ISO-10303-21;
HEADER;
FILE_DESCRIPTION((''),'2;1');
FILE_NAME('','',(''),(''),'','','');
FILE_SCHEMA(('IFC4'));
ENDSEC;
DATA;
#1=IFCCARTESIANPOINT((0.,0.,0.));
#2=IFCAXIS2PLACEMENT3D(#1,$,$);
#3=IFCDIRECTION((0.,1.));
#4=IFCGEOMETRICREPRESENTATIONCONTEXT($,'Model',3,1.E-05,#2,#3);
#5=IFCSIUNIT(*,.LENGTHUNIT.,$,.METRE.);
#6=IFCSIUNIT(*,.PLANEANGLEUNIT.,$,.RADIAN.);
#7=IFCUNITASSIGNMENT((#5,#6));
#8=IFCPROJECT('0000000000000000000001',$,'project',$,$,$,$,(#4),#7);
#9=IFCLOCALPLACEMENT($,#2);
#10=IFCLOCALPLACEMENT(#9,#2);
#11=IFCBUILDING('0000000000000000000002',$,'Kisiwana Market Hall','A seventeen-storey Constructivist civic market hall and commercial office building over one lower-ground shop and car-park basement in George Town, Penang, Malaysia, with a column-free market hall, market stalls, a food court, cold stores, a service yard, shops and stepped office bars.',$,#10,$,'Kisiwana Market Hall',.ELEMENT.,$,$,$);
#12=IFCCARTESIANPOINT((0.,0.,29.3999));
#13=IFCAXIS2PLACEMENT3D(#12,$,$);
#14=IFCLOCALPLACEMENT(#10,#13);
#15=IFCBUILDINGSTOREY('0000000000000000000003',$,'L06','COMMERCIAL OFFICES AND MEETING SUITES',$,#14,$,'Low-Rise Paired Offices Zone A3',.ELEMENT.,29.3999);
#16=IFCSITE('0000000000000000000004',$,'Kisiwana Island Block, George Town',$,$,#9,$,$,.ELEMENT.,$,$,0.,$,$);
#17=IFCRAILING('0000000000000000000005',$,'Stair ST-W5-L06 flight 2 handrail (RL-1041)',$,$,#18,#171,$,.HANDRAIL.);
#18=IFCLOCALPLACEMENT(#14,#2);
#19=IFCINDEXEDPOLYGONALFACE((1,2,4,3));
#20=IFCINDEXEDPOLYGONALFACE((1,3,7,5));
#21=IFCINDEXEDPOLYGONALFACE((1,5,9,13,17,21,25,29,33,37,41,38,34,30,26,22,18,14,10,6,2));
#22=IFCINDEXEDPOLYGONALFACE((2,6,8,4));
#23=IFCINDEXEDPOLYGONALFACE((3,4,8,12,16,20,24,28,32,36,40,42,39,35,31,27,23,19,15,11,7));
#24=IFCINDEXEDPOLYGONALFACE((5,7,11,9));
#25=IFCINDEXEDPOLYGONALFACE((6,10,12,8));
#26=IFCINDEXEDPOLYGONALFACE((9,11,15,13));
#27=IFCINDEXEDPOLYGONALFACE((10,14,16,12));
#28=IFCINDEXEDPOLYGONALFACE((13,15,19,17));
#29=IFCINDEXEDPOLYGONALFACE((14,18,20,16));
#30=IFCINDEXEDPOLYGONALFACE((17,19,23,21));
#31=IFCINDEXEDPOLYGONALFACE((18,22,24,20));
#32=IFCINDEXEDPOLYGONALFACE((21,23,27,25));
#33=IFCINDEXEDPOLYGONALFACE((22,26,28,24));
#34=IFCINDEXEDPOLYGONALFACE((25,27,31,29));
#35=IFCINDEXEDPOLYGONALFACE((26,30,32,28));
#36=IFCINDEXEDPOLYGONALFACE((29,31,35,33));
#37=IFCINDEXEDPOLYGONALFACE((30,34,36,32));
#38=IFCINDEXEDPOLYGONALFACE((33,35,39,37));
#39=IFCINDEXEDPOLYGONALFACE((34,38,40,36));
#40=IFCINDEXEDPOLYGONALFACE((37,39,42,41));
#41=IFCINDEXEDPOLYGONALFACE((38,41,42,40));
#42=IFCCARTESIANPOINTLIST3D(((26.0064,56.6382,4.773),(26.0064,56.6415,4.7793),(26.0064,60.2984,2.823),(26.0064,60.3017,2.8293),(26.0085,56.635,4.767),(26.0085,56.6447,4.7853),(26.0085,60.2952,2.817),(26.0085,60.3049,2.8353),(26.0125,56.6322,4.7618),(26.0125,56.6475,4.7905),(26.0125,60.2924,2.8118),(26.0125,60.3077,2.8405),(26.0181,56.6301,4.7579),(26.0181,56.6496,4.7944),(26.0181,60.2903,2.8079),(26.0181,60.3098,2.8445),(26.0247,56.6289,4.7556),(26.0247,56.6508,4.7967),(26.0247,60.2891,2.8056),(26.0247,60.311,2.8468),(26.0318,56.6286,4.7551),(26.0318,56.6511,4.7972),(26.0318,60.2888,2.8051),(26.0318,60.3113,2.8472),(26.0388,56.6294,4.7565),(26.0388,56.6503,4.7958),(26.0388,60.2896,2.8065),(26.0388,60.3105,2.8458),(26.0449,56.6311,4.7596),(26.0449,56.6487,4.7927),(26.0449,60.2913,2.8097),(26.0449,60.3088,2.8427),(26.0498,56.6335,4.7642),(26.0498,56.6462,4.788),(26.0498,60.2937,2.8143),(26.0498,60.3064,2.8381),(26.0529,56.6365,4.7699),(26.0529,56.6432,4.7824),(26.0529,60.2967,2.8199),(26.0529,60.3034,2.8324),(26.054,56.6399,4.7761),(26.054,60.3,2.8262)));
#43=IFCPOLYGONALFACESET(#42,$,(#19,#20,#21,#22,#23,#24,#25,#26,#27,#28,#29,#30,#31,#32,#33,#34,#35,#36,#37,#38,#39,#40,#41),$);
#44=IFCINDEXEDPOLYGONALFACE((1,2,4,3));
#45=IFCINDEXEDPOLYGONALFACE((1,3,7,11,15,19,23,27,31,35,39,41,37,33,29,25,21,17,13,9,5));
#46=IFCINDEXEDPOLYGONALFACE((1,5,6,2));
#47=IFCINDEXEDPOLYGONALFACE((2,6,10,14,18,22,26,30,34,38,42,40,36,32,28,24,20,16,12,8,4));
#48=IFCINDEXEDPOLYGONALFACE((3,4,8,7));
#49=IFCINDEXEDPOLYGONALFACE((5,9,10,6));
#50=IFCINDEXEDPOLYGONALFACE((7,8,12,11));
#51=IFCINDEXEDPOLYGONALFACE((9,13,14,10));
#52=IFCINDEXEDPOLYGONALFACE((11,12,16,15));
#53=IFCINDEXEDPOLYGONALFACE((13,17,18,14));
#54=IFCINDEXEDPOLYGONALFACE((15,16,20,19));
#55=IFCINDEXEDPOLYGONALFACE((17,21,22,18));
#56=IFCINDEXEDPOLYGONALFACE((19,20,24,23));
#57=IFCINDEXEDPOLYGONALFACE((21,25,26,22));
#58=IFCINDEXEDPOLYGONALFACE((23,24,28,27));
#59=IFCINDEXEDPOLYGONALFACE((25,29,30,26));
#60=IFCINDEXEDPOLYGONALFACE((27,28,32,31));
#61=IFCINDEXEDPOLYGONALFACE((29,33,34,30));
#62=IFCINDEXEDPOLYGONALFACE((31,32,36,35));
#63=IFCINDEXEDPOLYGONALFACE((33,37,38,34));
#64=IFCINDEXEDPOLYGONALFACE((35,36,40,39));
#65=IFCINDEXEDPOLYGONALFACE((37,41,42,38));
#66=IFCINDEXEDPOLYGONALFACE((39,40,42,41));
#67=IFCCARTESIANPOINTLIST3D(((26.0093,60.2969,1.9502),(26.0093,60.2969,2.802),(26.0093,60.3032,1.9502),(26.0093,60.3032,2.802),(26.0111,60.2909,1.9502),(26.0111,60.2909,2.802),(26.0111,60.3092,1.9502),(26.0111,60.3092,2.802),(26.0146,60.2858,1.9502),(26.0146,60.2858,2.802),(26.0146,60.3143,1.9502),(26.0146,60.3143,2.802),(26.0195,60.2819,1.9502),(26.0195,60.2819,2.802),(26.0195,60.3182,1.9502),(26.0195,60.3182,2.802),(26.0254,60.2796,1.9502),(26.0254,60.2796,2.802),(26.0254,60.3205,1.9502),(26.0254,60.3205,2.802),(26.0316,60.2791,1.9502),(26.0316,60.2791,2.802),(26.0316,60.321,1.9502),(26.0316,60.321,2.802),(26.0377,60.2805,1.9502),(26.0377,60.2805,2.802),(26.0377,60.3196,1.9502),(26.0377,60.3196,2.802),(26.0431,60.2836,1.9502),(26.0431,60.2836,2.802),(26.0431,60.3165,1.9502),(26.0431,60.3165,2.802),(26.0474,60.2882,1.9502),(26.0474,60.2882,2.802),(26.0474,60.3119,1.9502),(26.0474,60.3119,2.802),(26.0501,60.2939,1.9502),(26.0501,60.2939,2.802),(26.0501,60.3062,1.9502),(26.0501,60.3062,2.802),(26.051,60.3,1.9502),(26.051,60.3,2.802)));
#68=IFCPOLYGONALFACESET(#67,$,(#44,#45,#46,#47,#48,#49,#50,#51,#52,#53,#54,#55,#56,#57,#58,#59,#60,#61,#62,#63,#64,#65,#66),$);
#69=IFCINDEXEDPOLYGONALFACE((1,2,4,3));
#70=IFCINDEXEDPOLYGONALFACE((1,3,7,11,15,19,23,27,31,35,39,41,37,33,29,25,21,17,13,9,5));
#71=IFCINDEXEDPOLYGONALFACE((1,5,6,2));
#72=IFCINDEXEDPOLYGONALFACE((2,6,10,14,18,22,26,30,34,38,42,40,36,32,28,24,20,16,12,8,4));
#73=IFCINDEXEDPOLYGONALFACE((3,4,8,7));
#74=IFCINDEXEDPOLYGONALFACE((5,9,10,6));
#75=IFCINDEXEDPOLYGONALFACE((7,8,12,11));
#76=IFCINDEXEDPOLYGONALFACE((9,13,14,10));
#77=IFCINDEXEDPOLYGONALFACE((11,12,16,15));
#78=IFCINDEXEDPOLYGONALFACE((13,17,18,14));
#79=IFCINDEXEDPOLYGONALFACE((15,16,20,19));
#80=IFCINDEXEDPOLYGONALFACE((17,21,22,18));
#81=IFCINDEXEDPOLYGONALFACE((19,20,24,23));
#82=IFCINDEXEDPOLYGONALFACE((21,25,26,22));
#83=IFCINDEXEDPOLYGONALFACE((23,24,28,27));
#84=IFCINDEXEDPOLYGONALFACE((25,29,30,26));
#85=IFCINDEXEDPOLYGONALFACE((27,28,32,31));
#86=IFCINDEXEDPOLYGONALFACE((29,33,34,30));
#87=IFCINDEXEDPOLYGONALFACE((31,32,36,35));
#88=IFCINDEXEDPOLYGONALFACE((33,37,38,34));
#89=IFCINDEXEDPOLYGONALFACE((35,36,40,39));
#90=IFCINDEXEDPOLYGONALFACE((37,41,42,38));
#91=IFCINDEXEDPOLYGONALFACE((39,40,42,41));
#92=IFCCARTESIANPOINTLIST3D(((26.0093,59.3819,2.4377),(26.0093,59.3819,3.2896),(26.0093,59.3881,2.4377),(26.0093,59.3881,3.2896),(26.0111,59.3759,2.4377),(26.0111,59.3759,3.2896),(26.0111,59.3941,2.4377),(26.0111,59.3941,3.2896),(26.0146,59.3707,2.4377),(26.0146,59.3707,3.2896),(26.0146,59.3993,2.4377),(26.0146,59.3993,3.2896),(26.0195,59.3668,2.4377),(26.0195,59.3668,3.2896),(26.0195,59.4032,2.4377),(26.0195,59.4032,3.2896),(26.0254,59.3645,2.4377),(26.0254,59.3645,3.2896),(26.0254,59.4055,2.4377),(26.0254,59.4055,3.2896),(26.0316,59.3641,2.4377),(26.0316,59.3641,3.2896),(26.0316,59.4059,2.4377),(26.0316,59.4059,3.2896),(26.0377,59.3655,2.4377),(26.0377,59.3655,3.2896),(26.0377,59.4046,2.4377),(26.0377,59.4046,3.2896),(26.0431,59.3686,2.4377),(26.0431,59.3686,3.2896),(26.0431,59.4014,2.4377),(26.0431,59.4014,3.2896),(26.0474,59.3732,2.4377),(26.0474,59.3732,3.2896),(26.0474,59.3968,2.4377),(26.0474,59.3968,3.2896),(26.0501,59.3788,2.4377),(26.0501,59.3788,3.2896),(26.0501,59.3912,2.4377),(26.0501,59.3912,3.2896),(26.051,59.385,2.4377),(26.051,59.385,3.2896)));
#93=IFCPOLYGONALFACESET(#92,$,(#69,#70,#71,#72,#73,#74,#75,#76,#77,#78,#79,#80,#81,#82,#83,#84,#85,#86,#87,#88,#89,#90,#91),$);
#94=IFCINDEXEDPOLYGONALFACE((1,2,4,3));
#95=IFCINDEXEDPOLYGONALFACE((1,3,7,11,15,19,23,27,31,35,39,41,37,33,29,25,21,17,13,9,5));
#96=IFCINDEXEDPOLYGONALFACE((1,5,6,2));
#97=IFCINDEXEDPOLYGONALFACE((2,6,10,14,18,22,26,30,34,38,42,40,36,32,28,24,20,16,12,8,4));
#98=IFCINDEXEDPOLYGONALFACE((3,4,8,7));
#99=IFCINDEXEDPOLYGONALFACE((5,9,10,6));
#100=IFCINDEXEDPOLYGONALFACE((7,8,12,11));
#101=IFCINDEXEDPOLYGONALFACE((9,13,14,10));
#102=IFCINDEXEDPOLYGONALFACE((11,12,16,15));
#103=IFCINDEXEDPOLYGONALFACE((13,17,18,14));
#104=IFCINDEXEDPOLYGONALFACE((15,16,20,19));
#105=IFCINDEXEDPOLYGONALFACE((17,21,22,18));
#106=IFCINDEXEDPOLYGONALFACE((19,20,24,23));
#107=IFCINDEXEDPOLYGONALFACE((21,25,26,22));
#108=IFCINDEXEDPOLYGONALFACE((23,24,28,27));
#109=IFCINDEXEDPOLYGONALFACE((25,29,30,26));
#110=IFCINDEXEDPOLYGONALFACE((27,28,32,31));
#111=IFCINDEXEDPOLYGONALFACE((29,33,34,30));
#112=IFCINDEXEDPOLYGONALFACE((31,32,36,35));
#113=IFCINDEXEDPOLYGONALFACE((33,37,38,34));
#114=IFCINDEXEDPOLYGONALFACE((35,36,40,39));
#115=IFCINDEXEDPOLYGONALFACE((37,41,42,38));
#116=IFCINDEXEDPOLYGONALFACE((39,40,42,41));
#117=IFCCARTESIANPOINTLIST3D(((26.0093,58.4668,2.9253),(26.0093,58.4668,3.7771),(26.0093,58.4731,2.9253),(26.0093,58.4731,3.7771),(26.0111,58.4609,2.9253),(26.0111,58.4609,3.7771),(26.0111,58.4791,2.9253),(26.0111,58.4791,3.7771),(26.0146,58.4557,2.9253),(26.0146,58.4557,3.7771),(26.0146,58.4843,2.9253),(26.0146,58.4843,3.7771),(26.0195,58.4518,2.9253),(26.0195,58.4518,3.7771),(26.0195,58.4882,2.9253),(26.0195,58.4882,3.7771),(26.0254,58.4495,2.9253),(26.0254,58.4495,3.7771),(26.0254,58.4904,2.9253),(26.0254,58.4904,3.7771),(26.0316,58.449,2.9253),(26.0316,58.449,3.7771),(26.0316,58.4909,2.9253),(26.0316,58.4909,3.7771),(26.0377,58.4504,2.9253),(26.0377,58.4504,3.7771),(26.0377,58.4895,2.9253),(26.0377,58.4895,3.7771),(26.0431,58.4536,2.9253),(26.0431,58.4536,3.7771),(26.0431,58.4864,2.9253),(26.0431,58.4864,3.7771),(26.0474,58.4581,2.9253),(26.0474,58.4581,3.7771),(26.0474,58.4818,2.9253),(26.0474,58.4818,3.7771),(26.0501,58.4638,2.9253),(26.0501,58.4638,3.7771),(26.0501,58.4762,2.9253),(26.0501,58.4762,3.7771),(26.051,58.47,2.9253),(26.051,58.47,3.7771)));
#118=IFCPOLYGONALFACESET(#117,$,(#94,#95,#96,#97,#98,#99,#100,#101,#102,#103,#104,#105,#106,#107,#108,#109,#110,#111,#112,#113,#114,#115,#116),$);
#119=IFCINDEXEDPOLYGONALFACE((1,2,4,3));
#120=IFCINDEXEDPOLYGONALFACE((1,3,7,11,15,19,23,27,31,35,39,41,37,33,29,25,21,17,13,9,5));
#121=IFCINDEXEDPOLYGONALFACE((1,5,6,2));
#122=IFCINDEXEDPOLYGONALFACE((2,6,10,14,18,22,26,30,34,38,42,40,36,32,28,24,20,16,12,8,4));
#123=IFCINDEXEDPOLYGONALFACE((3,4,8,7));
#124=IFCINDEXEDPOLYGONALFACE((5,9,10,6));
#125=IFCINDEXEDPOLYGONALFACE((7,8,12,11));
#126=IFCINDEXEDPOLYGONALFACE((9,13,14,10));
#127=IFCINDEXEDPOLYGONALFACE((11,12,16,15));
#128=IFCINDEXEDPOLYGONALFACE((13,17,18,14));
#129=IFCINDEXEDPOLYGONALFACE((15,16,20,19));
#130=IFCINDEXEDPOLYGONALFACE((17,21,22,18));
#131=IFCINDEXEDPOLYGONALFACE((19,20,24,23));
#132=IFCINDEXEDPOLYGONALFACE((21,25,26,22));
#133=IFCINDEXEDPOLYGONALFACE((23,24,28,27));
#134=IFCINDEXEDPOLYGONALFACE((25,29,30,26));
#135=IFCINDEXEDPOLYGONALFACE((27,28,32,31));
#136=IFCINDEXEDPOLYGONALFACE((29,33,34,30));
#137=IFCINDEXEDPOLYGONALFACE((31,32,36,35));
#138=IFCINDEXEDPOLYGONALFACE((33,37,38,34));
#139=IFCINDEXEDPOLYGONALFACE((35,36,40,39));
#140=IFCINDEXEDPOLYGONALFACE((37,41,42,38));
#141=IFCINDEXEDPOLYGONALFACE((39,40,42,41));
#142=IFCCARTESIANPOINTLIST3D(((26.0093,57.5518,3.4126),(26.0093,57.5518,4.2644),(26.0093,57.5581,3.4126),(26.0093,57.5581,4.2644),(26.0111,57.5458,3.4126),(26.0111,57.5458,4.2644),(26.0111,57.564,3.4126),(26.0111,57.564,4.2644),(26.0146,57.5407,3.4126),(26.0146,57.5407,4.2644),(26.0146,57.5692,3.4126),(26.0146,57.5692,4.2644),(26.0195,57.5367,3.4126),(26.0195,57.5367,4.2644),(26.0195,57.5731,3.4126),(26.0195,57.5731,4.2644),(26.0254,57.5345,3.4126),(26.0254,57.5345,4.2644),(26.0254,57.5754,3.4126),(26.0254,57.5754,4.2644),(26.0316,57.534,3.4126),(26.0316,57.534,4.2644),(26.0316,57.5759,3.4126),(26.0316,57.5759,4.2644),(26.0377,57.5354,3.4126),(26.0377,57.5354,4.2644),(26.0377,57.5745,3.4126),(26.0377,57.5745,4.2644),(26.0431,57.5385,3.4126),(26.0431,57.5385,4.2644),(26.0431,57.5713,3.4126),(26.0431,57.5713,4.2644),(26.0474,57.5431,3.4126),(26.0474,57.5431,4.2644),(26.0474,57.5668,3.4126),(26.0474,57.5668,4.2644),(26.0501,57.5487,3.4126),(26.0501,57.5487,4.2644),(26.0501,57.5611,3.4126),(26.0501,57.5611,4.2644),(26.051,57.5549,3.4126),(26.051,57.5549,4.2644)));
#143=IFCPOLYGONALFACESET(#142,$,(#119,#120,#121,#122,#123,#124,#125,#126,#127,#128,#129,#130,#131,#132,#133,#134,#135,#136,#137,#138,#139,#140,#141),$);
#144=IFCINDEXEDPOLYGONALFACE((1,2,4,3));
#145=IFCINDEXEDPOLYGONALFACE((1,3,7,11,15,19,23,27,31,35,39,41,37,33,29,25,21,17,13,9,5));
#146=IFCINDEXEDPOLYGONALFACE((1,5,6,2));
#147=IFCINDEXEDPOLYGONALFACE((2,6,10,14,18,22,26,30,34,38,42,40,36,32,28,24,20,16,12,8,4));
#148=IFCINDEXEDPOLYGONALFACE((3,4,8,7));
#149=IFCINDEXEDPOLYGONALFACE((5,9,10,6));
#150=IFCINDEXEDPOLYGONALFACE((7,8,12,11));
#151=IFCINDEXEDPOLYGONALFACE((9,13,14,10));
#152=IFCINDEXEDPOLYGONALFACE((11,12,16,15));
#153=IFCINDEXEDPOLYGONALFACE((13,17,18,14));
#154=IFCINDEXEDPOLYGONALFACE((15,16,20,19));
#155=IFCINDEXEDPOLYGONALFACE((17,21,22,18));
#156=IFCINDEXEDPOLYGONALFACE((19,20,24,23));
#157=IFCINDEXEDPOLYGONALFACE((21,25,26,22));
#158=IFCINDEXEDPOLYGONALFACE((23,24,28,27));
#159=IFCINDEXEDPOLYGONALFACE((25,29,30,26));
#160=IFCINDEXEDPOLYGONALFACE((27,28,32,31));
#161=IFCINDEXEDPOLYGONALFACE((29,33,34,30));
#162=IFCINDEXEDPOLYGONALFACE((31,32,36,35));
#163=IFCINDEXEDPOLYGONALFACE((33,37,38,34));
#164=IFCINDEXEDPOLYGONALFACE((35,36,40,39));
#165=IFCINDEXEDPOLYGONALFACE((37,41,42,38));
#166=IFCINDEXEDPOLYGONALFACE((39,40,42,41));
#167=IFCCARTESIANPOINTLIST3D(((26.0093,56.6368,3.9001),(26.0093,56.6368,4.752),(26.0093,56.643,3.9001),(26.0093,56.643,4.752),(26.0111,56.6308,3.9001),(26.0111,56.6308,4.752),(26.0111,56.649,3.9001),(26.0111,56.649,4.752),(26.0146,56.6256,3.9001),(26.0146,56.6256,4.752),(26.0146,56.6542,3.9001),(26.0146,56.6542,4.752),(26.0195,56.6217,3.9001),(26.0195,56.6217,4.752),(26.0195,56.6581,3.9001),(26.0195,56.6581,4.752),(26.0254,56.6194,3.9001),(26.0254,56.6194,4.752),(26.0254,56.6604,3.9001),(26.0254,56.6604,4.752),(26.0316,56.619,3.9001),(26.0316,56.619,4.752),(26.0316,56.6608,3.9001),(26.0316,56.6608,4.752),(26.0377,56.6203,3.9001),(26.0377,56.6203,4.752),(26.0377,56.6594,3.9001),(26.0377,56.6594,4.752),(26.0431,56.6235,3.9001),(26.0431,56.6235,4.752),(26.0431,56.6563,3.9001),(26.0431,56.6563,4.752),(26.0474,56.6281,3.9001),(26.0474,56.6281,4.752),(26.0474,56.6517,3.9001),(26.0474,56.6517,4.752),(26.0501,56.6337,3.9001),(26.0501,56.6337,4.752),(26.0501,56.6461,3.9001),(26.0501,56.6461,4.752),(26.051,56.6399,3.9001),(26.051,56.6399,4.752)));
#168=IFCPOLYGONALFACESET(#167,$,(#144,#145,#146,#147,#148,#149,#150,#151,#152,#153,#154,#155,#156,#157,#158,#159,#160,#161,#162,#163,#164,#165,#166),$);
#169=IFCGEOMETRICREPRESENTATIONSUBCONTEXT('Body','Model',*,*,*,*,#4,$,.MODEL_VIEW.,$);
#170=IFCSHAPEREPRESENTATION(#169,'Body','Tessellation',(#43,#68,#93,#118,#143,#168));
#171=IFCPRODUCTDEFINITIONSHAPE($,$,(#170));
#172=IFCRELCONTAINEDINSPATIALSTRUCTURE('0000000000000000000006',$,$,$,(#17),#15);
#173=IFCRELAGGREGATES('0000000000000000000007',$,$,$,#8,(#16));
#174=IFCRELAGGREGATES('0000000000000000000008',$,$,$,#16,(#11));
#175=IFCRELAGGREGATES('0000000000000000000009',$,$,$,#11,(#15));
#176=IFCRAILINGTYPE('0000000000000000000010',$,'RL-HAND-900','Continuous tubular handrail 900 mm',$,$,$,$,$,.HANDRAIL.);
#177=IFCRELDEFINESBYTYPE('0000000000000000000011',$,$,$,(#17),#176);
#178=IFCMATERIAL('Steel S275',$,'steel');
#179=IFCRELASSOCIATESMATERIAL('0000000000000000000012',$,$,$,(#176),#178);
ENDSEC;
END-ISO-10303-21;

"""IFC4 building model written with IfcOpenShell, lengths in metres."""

from ifc_helpers import new_model, si_unit, direction, frame, origin, origin_2d, place, context, subcontext, project, spatial, circle, extrude, material, type_object, element, save


model = new_model("IFC4")

# Units and contexts
model_context = context("Model", 3, precision=1e-05, world=origin(), true_north=direction((0.0, 1.0)))
body_context = subcontext(model_context, "Body", "Model", "MODEL_VIEW")
ifc_project = project(units=[si_unit("LENGTHUNIT", "METRE"), si_unit("PLANEANGLEUNIT", "RADIAN")], contexts=[model_context])

# Site, building, storey
site_placement = place(None, origin())
site = spatial("IfcSite", under=ifc_project, at=site_placement, Name="Kisiwana Island Block, George Town", CompositionType="ELEMENT", RefElevation=0.0)
building_placement = place(site_placement, origin())
building = spatial("IfcBuilding", under=site, at=building_placement, Name="Kisiwana Market Hall", Description="A seventeen-storey Constructivist civic market hall and commercial office building over one lower-ground shop and car-park basement in George Town, Penang, Malaysia, with a column-free market hall, market stalls, a food court, cold stores, a service yard, shops and stepped office bars.", LongName="Kisiwana Market Hall", CompositionType="ELEMENT")
storey_placement = place(building_placement, frame((0.0, 0.0, 29.3999)))
storey = spatial("IfcBuildingStorey", under=building, at=storey_placement, Name="L06", Description="COMMERCIAL OFFICES AND MEETING SUITES", LongName="Low-Rise Paired Offices Zone A3", CompositionType="ELEMENT", Elevation=29.3999)

# Railing
ifc_material_1 = material(Name="Steel S275", Category="steel")
railing_type_1 = type_object("IfcRailingType", Name="RL-HAND-900", Description="Continuous tubular handrail 900 mm", PredefinedType="HANDRAIL", material=ifc_material_1)
railing_1_placement = place(storey_placement, frame((26.03, 60.3, 1.9502)))
element("IfcRailing", 1, at=railing_1_placement, inside=storey, type_object=railing_type_1, Name="Stair ST-W5-L06 flight 2 handrail (RL-1041)", PredefinedType="HANDRAIL", context=body_context, shape_type="SweptSolid", body=[
    extrude(circle(Radius=0.0239, at=origin_2d()), frame((0.0, 0.0, 0.876), z_axis=(0.0, -0.882566, 0.470188), x_axis=(1.0, 0.0, 0.0)), (0.0, 0.0, 1.0), 4.1472),
    extrude(circle(Radius=0.021, at=origin_2d()), origin(), (0.0, 0.0, 1.0), 0.8518),
    extrude(circle(Radius=0.021, at=origin_2d()), frame((0.0, -0.915, 0.4875)), (0.0, 0.0, 1.0), 0.8518),
    extrude(circle(Radius=0.021, at=origin_2d()), frame((0.0, -1.8301, 0.9751)), (0.0, 0.0, 1.0), 0.8518),
    extrude(circle(Radius=0.021, at=origin_2d()), frame((0.0, -2.7451, 1.4624)), (0.0, 0.0, 1.0), 0.8518),
    extrude(circle(Radius=0.021, at=origin_2d()), frame((0.0, -3.6602, 1.95)), (0.0, 0.0, 1.0), 0.8518),
])

save(model, "model.ifc")
